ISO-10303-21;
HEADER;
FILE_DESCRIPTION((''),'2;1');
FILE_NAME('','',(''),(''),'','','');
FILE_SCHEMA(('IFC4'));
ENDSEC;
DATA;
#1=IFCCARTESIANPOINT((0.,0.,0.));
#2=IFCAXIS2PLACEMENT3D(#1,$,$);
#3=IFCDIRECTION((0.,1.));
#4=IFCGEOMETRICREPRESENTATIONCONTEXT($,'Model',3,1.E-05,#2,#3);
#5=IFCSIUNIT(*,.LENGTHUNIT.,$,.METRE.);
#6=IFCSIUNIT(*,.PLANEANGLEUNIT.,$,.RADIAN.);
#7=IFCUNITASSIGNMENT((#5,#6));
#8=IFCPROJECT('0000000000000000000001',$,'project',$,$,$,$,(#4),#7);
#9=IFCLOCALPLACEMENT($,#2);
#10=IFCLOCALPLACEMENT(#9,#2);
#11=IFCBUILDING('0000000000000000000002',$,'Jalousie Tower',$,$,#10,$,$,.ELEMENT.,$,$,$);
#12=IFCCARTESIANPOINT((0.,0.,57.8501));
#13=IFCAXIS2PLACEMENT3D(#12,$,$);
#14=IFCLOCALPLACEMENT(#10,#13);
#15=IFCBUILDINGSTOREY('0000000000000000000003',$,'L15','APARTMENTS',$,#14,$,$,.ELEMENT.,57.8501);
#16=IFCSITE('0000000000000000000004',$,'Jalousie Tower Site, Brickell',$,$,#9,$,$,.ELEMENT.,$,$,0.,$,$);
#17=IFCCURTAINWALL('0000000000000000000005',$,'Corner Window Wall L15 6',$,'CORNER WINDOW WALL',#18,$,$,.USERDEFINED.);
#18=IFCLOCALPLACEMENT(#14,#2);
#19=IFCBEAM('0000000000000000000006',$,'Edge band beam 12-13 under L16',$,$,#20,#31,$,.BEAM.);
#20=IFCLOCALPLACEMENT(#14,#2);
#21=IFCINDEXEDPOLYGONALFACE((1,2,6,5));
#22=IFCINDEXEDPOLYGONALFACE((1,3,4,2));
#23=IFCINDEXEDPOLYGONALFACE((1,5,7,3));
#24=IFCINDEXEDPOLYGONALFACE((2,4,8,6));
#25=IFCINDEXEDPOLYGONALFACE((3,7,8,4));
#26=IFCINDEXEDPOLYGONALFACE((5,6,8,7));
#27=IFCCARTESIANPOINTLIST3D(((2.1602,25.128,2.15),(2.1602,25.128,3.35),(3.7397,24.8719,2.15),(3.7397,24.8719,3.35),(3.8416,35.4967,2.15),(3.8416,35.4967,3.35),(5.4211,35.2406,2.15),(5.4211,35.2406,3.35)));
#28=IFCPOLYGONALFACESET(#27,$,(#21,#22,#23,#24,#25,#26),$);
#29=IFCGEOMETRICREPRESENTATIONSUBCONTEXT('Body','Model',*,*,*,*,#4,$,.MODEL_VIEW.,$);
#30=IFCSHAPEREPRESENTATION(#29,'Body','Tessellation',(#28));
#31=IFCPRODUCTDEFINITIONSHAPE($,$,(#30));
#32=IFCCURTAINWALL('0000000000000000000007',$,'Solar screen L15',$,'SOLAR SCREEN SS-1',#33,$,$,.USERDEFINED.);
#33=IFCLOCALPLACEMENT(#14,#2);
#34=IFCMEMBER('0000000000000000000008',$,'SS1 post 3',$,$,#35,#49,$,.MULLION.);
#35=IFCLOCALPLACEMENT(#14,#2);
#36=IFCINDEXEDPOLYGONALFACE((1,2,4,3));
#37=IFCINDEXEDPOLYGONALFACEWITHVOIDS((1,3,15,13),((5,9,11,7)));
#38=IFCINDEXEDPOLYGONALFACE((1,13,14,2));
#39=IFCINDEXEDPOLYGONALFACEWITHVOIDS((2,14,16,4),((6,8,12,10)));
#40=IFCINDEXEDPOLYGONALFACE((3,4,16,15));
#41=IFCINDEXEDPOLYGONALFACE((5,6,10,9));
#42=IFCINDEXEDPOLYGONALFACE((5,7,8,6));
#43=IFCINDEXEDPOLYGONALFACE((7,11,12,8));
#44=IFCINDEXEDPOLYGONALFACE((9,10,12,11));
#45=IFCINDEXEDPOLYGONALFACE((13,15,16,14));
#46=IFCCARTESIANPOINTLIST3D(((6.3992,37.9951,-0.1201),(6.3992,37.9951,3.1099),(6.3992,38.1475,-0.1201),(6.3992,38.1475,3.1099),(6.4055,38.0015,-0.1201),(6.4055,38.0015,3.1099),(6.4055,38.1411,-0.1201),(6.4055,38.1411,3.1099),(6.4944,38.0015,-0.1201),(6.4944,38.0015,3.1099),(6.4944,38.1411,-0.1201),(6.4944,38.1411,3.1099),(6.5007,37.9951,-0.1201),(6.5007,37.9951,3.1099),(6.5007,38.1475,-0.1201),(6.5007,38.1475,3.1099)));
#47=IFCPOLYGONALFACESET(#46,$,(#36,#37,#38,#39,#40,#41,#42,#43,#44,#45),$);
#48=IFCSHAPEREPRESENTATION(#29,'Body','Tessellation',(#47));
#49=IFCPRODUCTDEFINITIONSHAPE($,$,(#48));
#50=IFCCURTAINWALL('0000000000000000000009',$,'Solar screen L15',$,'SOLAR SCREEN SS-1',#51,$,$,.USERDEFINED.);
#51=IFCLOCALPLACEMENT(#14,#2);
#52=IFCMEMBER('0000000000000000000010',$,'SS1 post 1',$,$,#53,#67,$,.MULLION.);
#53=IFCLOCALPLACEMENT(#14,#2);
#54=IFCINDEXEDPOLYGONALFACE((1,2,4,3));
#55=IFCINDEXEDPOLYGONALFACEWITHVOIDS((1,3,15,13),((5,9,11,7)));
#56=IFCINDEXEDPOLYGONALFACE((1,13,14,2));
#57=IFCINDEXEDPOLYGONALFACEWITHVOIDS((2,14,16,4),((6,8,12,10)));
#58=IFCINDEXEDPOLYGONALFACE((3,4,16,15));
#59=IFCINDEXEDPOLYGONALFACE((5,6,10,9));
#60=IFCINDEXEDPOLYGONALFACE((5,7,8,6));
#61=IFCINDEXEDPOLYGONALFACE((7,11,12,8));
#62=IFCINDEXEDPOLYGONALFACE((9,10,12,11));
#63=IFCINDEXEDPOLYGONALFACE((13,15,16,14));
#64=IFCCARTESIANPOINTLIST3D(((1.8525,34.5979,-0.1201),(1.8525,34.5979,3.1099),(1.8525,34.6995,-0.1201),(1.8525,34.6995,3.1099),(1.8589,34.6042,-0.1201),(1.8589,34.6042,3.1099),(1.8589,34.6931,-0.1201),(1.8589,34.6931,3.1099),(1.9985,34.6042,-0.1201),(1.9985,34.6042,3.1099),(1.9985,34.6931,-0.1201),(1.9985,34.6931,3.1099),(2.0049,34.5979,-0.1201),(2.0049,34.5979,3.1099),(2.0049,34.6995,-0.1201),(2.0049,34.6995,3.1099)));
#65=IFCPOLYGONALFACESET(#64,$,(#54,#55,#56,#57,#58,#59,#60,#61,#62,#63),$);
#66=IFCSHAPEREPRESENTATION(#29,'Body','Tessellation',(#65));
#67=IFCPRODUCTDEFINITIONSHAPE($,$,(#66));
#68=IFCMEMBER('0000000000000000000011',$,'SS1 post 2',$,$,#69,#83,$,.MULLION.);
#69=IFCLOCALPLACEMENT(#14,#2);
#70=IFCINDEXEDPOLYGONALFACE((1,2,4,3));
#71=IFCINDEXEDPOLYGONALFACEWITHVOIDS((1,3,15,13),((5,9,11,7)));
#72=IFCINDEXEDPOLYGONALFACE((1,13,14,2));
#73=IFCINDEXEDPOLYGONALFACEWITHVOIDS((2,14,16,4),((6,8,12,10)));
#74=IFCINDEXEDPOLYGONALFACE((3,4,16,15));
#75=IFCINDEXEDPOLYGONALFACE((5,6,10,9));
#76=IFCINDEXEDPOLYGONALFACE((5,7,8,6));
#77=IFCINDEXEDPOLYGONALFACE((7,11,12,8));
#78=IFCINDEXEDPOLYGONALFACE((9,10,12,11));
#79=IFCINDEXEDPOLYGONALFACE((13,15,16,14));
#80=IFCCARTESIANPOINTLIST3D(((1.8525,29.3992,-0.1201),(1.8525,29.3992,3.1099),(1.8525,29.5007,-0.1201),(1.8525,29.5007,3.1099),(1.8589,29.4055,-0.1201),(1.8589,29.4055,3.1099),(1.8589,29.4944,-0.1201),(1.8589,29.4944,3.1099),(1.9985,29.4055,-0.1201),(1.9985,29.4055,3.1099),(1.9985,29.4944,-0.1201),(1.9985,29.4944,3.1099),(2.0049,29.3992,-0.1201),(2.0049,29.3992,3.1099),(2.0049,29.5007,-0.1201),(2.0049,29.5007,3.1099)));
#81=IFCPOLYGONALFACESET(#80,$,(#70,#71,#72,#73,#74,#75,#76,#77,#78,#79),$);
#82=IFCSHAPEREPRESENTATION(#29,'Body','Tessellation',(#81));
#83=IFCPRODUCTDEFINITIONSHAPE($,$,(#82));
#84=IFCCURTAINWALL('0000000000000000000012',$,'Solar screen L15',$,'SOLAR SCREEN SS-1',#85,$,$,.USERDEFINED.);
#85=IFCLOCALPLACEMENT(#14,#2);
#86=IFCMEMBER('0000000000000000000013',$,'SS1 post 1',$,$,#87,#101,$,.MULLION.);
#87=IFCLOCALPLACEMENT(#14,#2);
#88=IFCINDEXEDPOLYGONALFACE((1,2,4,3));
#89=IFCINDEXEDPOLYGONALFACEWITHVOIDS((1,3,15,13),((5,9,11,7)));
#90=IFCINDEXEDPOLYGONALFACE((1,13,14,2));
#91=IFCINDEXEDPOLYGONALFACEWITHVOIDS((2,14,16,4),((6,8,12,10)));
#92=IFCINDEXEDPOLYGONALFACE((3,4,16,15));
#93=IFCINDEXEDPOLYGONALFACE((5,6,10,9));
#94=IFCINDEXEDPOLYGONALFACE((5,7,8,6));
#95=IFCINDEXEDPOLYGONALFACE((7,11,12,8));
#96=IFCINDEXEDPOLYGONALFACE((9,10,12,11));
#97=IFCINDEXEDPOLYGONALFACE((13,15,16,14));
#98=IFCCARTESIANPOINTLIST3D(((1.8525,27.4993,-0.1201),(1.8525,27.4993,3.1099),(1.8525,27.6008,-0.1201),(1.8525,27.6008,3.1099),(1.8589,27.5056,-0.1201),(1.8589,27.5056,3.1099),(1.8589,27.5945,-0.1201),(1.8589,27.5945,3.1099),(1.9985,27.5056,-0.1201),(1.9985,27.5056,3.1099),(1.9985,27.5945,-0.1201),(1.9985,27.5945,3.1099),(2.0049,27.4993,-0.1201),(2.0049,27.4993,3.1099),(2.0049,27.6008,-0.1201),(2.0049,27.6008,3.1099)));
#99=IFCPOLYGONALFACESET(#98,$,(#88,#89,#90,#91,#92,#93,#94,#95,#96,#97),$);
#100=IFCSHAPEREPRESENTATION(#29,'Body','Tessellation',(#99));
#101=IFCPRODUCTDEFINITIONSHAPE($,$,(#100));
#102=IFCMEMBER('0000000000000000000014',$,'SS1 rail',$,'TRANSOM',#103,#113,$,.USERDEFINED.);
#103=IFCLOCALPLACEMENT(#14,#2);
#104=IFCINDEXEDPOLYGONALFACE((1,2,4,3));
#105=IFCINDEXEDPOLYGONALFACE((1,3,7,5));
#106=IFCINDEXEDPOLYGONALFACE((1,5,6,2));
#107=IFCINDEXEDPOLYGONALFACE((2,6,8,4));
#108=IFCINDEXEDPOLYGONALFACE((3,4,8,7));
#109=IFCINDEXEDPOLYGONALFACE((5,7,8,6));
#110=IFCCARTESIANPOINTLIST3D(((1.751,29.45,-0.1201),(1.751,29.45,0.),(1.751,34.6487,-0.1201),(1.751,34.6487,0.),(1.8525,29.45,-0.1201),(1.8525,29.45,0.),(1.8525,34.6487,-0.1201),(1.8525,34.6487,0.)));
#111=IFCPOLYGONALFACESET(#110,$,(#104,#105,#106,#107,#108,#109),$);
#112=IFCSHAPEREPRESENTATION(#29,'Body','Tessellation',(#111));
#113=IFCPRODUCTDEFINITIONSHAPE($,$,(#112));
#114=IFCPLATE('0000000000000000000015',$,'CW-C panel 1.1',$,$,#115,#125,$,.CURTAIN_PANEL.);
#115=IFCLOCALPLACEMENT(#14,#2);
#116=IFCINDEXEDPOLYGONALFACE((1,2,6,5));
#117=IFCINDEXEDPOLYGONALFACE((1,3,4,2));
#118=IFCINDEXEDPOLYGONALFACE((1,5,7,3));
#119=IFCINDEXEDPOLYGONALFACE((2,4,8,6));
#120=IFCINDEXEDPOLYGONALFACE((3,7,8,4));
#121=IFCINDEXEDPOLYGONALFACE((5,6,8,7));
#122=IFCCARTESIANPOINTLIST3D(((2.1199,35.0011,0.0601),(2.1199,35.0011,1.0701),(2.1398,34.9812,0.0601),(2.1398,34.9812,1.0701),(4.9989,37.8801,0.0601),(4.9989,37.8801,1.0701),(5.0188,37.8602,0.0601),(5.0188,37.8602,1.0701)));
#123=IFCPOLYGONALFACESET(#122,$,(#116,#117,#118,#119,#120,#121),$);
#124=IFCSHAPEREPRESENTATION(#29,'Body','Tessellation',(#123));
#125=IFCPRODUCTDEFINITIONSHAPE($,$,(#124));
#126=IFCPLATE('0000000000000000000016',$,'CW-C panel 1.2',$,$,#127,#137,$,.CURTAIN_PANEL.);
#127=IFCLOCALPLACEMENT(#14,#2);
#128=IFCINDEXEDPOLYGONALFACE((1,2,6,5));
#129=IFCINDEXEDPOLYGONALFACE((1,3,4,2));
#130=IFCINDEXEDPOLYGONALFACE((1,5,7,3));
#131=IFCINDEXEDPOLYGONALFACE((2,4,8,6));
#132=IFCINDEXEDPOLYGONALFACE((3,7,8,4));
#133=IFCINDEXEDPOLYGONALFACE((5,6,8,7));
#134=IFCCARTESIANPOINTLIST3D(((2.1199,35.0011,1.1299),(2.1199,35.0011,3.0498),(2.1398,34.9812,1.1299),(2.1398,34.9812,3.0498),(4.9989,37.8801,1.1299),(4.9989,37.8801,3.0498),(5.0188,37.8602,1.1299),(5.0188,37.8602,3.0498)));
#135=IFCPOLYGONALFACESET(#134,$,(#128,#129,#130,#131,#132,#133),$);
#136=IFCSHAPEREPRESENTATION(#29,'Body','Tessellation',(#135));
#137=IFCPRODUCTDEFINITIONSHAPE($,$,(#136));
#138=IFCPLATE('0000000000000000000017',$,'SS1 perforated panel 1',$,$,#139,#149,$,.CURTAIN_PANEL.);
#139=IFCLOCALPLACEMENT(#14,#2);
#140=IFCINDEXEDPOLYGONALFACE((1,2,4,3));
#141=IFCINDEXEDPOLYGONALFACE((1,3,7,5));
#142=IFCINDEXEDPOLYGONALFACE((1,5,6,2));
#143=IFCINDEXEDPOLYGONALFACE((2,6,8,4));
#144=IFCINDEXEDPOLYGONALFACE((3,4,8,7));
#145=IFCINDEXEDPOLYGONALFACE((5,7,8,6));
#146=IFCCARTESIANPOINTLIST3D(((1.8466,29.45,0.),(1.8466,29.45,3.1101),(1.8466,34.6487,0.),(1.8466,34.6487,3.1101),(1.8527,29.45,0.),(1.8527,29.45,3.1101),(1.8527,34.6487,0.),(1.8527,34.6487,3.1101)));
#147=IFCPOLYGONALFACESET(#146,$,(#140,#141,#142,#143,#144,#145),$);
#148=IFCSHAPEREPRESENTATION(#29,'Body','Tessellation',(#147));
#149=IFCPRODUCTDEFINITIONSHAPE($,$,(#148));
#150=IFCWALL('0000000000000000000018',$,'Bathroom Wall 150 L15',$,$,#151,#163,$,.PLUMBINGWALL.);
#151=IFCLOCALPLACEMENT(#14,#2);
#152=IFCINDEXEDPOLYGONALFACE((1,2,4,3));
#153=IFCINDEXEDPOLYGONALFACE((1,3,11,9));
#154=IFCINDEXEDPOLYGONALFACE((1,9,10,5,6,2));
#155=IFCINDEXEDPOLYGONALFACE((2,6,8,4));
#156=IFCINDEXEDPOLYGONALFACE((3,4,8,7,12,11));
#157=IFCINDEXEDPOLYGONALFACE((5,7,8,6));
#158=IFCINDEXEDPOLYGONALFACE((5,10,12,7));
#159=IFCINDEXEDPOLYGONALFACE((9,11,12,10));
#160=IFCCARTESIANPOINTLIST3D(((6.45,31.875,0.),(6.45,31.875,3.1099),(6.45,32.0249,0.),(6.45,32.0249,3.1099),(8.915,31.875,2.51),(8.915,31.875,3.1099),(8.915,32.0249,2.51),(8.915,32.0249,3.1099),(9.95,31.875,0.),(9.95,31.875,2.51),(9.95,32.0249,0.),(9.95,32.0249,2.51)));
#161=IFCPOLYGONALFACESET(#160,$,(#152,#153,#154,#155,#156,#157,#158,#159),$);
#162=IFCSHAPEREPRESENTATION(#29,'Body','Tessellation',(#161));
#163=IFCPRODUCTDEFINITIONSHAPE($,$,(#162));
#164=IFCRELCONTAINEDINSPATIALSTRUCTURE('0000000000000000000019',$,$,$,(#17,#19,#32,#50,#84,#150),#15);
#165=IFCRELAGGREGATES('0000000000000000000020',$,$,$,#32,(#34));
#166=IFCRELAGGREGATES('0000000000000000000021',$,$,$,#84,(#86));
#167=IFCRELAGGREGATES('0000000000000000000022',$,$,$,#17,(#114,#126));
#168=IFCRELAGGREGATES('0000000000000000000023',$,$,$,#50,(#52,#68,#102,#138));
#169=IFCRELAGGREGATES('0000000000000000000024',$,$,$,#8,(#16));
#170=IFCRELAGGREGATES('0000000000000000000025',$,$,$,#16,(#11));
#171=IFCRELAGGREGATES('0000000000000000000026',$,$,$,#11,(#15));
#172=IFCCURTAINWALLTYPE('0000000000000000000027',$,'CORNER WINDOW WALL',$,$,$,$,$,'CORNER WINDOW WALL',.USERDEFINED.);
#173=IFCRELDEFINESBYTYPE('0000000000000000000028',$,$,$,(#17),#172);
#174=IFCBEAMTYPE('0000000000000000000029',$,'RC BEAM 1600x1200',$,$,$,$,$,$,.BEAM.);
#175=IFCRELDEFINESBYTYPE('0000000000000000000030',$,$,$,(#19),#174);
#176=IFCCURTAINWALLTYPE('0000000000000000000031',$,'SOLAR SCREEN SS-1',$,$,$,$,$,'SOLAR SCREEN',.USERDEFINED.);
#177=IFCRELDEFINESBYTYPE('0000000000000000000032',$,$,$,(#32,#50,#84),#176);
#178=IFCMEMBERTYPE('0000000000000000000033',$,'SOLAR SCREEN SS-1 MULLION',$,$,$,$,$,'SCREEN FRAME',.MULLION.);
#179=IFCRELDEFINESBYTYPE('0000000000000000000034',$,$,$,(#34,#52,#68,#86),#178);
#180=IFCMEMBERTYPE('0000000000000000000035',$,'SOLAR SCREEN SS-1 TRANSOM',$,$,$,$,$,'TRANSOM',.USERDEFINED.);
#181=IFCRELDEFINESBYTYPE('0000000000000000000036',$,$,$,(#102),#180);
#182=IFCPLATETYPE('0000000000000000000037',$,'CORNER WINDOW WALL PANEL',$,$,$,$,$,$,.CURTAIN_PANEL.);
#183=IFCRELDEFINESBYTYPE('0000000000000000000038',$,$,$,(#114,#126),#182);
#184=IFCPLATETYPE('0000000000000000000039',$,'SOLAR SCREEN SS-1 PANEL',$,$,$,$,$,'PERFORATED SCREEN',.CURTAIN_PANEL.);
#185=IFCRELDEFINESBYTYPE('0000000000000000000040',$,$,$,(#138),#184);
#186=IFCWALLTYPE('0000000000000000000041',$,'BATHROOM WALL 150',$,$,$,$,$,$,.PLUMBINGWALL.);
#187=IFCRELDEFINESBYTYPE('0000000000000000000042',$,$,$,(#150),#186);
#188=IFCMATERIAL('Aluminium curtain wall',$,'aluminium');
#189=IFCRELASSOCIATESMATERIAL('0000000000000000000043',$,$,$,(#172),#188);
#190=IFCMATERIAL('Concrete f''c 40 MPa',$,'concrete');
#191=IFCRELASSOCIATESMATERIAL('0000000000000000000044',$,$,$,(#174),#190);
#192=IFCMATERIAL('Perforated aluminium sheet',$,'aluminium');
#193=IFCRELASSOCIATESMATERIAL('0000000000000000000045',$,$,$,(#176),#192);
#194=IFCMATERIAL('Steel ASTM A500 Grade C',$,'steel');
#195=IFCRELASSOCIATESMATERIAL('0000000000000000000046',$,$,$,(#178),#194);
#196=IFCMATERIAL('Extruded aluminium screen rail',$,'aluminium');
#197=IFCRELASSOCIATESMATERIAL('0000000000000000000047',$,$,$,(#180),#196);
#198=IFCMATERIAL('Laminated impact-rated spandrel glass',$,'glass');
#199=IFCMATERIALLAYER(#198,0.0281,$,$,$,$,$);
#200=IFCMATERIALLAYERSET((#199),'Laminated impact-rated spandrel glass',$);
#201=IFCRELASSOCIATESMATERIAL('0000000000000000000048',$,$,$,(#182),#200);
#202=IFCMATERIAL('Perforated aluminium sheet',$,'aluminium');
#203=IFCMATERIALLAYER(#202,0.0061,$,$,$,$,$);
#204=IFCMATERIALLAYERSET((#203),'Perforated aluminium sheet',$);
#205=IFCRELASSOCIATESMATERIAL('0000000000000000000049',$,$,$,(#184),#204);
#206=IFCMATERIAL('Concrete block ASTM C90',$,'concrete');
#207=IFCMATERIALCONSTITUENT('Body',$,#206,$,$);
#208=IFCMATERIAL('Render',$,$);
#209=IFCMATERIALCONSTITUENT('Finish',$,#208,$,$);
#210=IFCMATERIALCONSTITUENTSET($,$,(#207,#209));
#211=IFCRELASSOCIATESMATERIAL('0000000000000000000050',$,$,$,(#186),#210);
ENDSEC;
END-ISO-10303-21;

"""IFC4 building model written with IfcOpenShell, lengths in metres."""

from ifc_helpers import new_model, si_unit, direction, frame, origin, origin_2d, place, context, subcontext, project, spatial, polyline, rectangle, hollow_rectangle, outline, extrude, material, layer, layer_set, constituent, constituent_set, material_profile, profile_set, type_object, element, aggregate, save


model = new_model("IFC4")

# Units and contexts
model_context = context("Model", 3, precision=1e-05, world=origin(), true_north=direction((0.0, 1.0)))
body_context = subcontext(model_context, "Body", "Model", "MODEL_VIEW")
ifc_project = project(units=[si_unit("LENGTHUNIT", "METRE"), si_unit("PLANEANGLEUNIT", "RADIAN")], contexts=[model_context])

# Site, building, storey
site_placement = place(None, origin())
site = spatial("IfcSite", under=ifc_project, at=site_placement, Name="Jalousie Tower Site, Brickell", CompositionType="ELEMENT", RefElevation=0.0)
building_placement = place(site_placement, origin())
building = spatial("IfcBuilding", under=site, at=building_placement, Name="Jalousie Tower", CompositionType="ELEMENT")
storey_placement = place(building_placement, frame((0.0, 0.0, 57.8501)))
storey = spatial("IfcBuildingStorey", under=building, at=storey_placement, Name="L15", Description="APARTMENTS", CompositionType="ELEMENT", Elevation=57.8501)

# Curtain wall
ifc_material_1 = material(Name="Aluminium curtain wall", Category="aluminium")
curtain_wall_type_1 = type_object("IfcCurtainWallType", Name="CORNER WINDOW WALL", ElementType="CORNER WINDOW WALL", PredefinedType="USERDEFINED", material=ifc_material_1)
curtain_wall_1_placement = place(storey_placement, origin())
curtain_wall_1 = element("IfcCurtainWall", 1, at=curtain_wall_1_placement, inside=storey, type_object=curtain_wall_type_1, Name="Corner Window Wall L15 6", ObjectType="CORNER WINDOW WALL", PredefinedType="USERDEFINED")

# Beam
ifc_material_2 = material(Name="Concrete f'c 40 MPa", Category="concrete")
ifc_material_profile_1 = material_profile(ifc_material_2, rectangle(XDim=1.6001, YDim=1.2, at=origin_2d()), Name="RC 1600x1200")
ifc_profile_set_1 = profile_set([ifc_material_profile_1], Name="Concrete f'c 40 MPa")
beam_type_1 = type_object("IfcBeamType", Name="RC BEAM 1600x1200", PredefinedType="BEAM", material=ifc_profile_set_1)
beam_1_placement = place(storey_placement, frame((4.6313, 35.3687, 2.75), z_axis=(-0.160071, -0.987106, 0.0), x_axis=(0.987106, -0.160071, 0.0)))
element("IfcBeam", 2, at=beam_1_placement, inside=storey, type_object=beam_type_1, Name="Edge band beam 12-13 under L16", PredefinedType="BEAM", context=body_context, shape_type="SweptSolid", body=[
    extrude(rectangle(XDim=1.6001, YDim=1.2, at=origin_2d()), origin(), (0.0, 0.0, 1.0), 10.5042),
])

# Curtain wall, member
ifc_material_3 = material(Name="Perforated aluminium sheet", Category="aluminium")
curtain_wall_type_2 = type_object("IfcCurtainWallType", Name="SOLAR SCREEN SS-1", ElementType="SOLAR SCREEN", PredefinedType="USERDEFINED", material=ifc_material_3)
curtain_wall_2_placement = place(storey_placement, origin())
curtain_wall_2 = element("IfcCurtainWall", 3, at=curtain_wall_2_placement, inside=storey, type_object=curtain_wall_type_2, Name="Solar screen L15", ObjectType="SOLAR SCREEN SS-1", PredefinedType="USERDEFINED")
ifc_material_4 = material(Name="Steel ASTM A500 Grade C", Category="steel")
ifc_material_profile_2 = material_profile(ifc_material_4, hollow_rectangle(XDim=0.1016, YDim=0.1523, WallThickness=0.0063, at=origin_2d()), Name="HSS6X4X1/4")
ifc_profile_set_2 = profile_set([ifc_material_profile_2], Name="Steel ASTM A500 Grade C")
member_type_1 = type_object("IfcMemberType", Name="SOLAR SCREEN SS-1 MULLION", ElementType="SCREEN FRAME", PredefinedType="MULLION", material=ifc_profile_set_2)
member_1_placement = place(storey_placement, frame((6.45, 38.0713, -0.1201), z_axis=(0.0, 0.0, 1.0), x_axis=(-1.0, 0.0, 0.0)))
member_1 = element("IfcMember", 4, at=member_1_placement, type_object=member_type_1, Name="SS1 post 3", PredefinedType="MULLION", context=body_context, shape_type="SweptSolid", body=[
    extrude(hollow_rectangle(XDim=0.1016, YDim=0.1523, WallThickness=0.0063, at=origin_2d()), origin(), (0.0, 0.0, 1.0), 3.23),
])
aggregate(curtain_wall_2, [member_1])

# Curtain wall, members
curtain_wall_3_placement = place(storey_placement, origin())
curtain_wall_3 = element("IfcCurtainWall", 5, at=curtain_wall_3_placement, inside=storey, type_object=curtain_wall_type_2, Name="Solar screen L15", ObjectType="SOLAR SCREEN SS-1", PredefinedType="USERDEFINED")
member_2_placement = place(storey_placement, frame((1.9287, 34.6487, -0.1201), z_axis=(0.0, 0.0, 1.0), x_axis=(0.0, -1.0, 0.0)))
member_2 = element("IfcMember", 6, at=member_2_placement, type_object=member_type_1, Name="SS1 post 1", PredefinedType="MULLION", context=body_context, shape_type="SweptSolid", body=[
    extrude(hollow_rectangle(XDim=0.1016, YDim=0.1523, WallThickness=0.0063, at=origin_2d()), origin(), (0.0, 0.0, 1.0), 3.23),
])
member_3_placement = place(storey_placement, frame((1.9287, 29.45, -0.1201), z_axis=(0.0, 0.0, 1.0), x_axis=(0.0, -1.0, 0.0)))
member_3 = element("IfcMember", 7, at=member_3_placement, type_object=member_type_1, Name="SS1 post 2", PredefinedType="MULLION", context=body_context, shape_type="SweptSolid", body=[
    extrude(hollow_rectangle(XDim=0.1016, YDim=0.1523, WallThickness=0.0063, at=origin_2d()), origin(), (0.0, 0.0, 1.0), 3.23),
])

# Curtain wall, member
curtain_wall_4_placement = place(storey_placement, origin())
curtain_wall_4 = element("IfcCurtainWall", 8, at=curtain_wall_4_placement, inside=storey, type_object=curtain_wall_type_2, Name="Solar screen L15", ObjectType="SOLAR SCREEN SS-1", PredefinedType="USERDEFINED")
member_4_placement = place(storey_placement, frame((1.9287, 27.55, -0.1201), z_axis=(0.0, 0.0, 1.0), x_axis=(0.0, -1.0, 0.0)))
member_4 = element("IfcMember", 9, at=member_4_placement, type_object=member_type_1, Name="SS1 post 1", PredefinedType="MULLION", context=body_context, shape_type="SweptSolid", body=[
    extrude(hollow_rectangle(XDim=0.1016, YDim=0.1523, WallThickness=0.0063, at=origin_2d()), origin(), (0.0, 0.0, 1.0), 3.23),
])
aggregate(curtain_wall_4, [member_4])

# Member
ifc_material_5 = material(Name="Extruded aluminium screen rail", Category="aluminium")
ifc_material_profile_3 = material_profile(ifc_material_5, rectangle(XDim=0.1016, YDim=0.1201, at=origin_2d()), Name="RAIL 102x120")
ifc_profile_set_3 = profile_set([ifc_material_profile_3], Name="Extruded aluminium screen rail")
member_type_2 = type_object("IfcMemberType", Name="SOLAR SCREEN SS-1 TRANSOM", ElementType="TRANSOM", PredefinedType="USERDEFINED", material=ifc_profile_set_3)
member_5_placement = place(storey_placement, frame((1.8018, 34.6487, -0.0601), z_axis=(0.0, -1.0, 0.0), x_axis=(1.0, 0.0, 0.0)))
member_5 = element("IfcMember", 10, at=member_5_placement, type_object=member_type_2, Name="SS1 rail", ObjectType="TRANSOM", PredefinedType="USERDEFINED", context=body_context, shape_type="SweptSolid", body=[
    extrude(rectangle(XDim=0.1016, YDim=0.1201, at=origin_2d()), origin(), (0.0, 0.0, 1.0), 5.1987),
])

# Plates
ifc_material_6 = material(Name="Laminated impact-rated spandrel glass", Category="glass")
ifc_layer_1 = layer(ifc_material_6, 0.0281)
ifc_layer_set_1 = layer_set([ifc_layer_1], Name="Laminated impact-rated spandrel glass")
plate_type_1 = type_object("IfcPlateType", Name="CORNER WINDOW WALL PANEL", PredefinedType="CURTAIN_PANEL", material=ifc_layer_set_1)
plate_1_placement = place(storey_placement, frame((3.5693, 36.4307, 0.0601), z_axis=(0.0, 0.0, 1.0), x_axis=(-0.707107, -0.707107, 0.0)))
plate_1 = element("IfcPlate", 11, at=plate_1_placement, type_object=plate_type_1, Name="CW-C panel 1.1", PredefinedType="CURTAIN_PANEL", context=body_context, shape_type="SweptSolid", body=[
    extrude(rectangle(XDim=4.0715, YDim=0.0281, at=origin_2d()), origin(), (0.0, 0.0, 1.0), 1.01),
])
plate_2_placement = place(storey_placement, frame((3.5693, 36.4307, 1.1299), z_axis=(0.0, 0.0, 1.0), x_axis=(-0.707107, -0.707107, 0.0)))
plate_2 = element("IfcPlate", 12, at=plate_2_placement, type_object=plate_type_1, Name="CW-C panel 1.2", PredefinedType="CURTAIN_PANEL", context=body_context, shape_type="SweptSolid", body=[
    extrude(rectangle(XDim=4.0715, YDim=0.0281, at=origin_2d()), origin(), (0.0, 0.0, 1.0), 1.9199),
])
aggregate(curtain_wall_1, [plate_1, plate_2])
ifc_material_7 = material(Name="Perforated aluminium sheet", Category="aluminium")
ifc_layer_2 = layer(ifc_material_7, 0.0061)
ifc_layer_set_2 = layer_set([ifc_layer_2], Name="Perforated aluminium sheet")
plate_type_2 = type_object("IfcPlateType", Name="SOLAR SCREEN SS-1 PANEL", ElementType="PERFORATED SCREEN", PredefinedType="CURTAIN_PANEL", material=ifc_layer_set_2)
plate_3_placement = place(storey_placement, frame((1.8496, 32.0493, 0.0), z_axis=(0.0, 0.0, 1.0), x_axis=(0.0, -1.0, 0.0)))
plate_3 = element("IfcPlate", 13, at=plate_3_placement, type_object=plate_type_2, Name="SS1 perforated panel 1", PredefinedType="CURTAIN_PANEL", context=body_context, shape_type="SweptSolid", body=[
    extrude(rectangle(XDim=5.1987, YDim=0.0061, at=origin_2d()), origin(), (0.0, 0.0, 1.0), 3.1101),
])
aggregate(curtain_wall_3, [member_2, member_3, member_5, plate_3])

# Wall
ifc_material_8 = material(Name="Concrete block ASTM C90", Category="concrete")
ifc_constituent_1 = constituent(ifc_material_8, Name="Body")
ifc_material_9 = material(Name="Render")
ifc_constituent_2 = constituent(ifc_material_9, Name="Finish")
ifc_constituent_set_1 = constituent_set(constituents=[ifc_constituent_1, ifc_constituent_2])
wall_type_1 = type_object("IfcWallType", Name="BATHROOM WALL 150", PredefinedType="PLUMBINGWALL", material=ifc_constituent_set_1)
wall_1_placement = place(storey_placement, frame((6.45, 31.95, 0.0), z_axis=(0.0, 0.0, 1.0), x_axis=(1.0, 0.0, 0.0)))
element("IfcWall", 14, at=wall_1_placement, inside=storey, type_object=wall_type_1, Name="Bathroom Wall 150 L15", PredefinedType="PLUMBINGWALL", context=body_context, shape_type="SweptSolid", body=[
    extrude(outline(polyline([(0.0, 0.0), (3.5, 0.0), (3.5, 3.1099), (3.5, 2.51), (2.4651, 2.51), (2.4651, 3.1099), (0.0, 3.1099), (0.0, 0.0)])), frame((0.0, 0.075, 0.0), z_axis=(0.0, -1.0, 0.0), x_axis=(1.0, 0.0, 0.0)), (0.0, 0.0, 1.0), 0.1499),
])

save(model, "model.ifc")
